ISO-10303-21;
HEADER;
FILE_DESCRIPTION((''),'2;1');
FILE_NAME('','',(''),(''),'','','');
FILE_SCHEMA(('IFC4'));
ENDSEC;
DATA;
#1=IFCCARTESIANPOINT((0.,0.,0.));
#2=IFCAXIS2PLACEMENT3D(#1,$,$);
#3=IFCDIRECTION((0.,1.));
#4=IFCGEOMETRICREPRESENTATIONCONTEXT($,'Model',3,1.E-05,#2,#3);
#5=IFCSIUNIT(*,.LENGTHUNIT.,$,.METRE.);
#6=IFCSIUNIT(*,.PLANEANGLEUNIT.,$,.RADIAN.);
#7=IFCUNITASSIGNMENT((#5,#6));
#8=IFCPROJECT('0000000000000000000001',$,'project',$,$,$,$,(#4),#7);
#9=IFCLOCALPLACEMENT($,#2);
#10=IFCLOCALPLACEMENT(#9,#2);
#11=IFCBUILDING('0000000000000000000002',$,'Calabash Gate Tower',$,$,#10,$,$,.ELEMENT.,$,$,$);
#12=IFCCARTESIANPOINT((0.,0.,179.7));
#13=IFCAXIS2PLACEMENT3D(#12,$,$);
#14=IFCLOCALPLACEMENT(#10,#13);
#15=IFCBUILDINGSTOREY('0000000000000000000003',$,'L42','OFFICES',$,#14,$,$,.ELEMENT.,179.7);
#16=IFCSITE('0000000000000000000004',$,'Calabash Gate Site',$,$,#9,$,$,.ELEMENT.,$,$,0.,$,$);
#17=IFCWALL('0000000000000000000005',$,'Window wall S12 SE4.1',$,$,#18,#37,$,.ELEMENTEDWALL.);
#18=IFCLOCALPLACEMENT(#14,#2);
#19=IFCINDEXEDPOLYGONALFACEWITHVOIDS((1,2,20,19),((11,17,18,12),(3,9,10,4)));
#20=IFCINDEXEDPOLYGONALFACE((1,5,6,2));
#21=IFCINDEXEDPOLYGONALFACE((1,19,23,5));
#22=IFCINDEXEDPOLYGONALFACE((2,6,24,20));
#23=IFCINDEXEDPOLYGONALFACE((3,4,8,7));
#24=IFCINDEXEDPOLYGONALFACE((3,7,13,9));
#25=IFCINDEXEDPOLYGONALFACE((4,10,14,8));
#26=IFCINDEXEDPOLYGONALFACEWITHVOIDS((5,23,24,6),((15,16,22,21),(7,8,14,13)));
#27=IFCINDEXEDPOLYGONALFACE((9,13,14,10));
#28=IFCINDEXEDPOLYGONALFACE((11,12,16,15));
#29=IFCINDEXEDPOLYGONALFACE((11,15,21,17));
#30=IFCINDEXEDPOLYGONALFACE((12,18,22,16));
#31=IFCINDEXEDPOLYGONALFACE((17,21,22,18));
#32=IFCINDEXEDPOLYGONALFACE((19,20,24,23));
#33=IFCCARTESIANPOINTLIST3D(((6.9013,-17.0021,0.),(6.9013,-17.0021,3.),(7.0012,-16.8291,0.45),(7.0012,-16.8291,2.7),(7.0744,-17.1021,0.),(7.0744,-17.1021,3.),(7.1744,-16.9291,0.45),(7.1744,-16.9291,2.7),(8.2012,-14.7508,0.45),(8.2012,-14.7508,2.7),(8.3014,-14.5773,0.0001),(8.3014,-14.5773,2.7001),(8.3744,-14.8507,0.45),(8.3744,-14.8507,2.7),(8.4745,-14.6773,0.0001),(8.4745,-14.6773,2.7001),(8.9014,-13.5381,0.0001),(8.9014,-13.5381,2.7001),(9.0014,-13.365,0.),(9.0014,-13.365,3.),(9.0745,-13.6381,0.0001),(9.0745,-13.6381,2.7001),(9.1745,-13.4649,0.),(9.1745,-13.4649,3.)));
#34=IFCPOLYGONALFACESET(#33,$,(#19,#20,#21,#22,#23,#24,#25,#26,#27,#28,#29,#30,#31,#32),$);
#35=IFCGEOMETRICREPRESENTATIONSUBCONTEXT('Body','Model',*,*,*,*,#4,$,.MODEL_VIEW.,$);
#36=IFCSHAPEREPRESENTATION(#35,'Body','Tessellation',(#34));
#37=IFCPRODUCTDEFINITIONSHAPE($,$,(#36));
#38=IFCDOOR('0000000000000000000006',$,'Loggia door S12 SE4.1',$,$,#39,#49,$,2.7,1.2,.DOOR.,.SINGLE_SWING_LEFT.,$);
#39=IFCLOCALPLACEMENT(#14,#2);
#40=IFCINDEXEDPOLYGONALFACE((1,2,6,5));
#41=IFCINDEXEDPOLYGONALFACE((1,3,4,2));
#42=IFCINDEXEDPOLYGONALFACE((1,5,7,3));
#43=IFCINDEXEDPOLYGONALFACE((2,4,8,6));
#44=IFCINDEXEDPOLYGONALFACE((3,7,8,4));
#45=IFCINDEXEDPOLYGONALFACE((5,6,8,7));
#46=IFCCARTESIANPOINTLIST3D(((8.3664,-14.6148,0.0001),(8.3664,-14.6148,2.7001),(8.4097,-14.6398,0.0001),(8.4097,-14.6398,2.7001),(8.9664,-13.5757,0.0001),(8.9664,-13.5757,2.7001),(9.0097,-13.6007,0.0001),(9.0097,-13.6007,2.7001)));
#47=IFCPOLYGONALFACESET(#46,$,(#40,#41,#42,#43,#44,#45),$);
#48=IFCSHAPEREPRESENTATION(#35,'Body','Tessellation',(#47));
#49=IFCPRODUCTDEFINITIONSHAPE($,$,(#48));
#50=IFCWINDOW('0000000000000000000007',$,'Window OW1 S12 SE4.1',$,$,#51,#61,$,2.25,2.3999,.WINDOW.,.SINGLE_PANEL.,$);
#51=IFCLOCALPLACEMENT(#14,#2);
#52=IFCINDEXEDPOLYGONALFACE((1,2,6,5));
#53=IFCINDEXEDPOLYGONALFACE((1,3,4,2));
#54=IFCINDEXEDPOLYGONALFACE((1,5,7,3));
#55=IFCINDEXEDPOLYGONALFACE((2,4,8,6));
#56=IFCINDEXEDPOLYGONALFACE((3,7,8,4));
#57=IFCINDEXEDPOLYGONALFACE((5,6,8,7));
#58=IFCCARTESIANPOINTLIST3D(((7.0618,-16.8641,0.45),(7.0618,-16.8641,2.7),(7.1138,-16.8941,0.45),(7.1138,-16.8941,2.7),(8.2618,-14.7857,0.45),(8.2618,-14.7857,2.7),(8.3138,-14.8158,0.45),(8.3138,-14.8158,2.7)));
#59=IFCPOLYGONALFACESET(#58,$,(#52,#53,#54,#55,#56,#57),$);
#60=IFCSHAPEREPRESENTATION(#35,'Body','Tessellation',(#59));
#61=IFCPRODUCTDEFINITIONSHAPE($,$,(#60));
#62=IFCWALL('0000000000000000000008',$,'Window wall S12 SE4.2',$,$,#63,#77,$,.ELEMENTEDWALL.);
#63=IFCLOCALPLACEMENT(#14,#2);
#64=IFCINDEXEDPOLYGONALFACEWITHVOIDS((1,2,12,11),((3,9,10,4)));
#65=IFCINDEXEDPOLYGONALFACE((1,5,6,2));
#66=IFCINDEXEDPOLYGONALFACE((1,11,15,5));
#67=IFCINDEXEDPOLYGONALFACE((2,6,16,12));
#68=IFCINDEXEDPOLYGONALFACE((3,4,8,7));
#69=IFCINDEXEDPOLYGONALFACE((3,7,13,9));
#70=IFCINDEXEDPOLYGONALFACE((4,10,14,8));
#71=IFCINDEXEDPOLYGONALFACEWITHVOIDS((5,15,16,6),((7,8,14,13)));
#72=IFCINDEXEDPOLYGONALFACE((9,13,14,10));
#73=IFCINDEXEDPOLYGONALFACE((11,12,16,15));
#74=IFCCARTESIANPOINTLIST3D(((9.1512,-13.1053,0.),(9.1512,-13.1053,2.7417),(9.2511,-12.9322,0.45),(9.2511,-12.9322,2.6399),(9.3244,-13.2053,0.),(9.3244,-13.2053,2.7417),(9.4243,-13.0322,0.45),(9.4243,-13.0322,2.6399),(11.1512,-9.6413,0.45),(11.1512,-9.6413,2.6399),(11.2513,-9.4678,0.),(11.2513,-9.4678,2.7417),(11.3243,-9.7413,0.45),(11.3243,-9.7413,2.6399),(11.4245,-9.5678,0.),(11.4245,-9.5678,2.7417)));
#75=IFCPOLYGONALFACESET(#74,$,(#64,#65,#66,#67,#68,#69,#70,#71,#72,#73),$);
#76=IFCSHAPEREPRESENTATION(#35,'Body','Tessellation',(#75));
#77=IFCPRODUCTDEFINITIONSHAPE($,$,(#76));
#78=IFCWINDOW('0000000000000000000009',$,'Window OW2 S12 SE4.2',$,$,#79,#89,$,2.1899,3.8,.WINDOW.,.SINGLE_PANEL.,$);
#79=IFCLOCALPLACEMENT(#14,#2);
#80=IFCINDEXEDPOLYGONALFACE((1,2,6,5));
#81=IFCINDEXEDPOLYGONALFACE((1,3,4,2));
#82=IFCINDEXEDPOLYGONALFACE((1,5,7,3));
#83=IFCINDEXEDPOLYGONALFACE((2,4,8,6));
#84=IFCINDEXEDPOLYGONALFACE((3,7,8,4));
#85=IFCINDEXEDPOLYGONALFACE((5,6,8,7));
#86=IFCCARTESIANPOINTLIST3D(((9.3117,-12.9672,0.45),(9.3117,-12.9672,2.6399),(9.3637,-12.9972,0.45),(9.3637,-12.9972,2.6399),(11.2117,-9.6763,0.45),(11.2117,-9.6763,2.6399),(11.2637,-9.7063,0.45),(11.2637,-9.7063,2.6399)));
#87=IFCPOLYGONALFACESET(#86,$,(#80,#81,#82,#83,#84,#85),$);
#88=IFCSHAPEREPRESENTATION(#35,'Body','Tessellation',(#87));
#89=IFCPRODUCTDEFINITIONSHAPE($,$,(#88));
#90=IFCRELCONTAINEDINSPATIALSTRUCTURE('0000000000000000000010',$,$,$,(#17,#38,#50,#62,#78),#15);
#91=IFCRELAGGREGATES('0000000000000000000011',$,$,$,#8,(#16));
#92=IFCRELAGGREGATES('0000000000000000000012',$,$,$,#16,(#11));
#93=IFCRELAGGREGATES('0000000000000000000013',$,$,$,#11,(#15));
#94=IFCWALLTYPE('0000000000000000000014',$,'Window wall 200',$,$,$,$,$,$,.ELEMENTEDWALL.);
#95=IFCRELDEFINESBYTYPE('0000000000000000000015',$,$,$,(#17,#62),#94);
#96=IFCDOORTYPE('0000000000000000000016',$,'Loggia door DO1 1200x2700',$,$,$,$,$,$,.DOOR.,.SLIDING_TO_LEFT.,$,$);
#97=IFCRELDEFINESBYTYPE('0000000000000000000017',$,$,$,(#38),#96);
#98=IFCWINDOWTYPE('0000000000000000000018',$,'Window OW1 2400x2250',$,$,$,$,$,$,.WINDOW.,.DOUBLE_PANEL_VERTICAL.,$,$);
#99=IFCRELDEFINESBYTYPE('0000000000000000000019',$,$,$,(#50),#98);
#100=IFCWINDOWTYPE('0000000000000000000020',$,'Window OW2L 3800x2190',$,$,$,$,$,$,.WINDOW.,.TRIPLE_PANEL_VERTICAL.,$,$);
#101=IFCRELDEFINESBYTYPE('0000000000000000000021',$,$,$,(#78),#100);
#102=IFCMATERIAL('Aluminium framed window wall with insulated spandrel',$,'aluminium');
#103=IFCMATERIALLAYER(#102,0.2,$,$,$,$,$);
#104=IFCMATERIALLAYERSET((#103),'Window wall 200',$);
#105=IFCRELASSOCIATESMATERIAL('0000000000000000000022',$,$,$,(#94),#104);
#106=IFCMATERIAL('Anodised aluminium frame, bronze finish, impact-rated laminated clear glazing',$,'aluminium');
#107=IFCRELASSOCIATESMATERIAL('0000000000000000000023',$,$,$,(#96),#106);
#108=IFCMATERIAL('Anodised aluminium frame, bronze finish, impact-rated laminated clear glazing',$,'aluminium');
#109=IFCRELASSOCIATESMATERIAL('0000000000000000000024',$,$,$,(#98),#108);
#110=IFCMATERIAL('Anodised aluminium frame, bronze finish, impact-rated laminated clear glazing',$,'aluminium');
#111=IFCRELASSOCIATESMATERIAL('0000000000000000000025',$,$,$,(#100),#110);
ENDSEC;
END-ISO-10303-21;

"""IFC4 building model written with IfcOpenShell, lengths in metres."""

from ifc_helpers import new_model, si_unit, direction, frame, frame_2d, origin, place, context, subcontext, project, spatial, rectangle, extrude, material, layer, layer_set, type_object, element, fill, save


model = new_model("IFC4")

# Units and contexts
model_context = context("Model", 3, precision=1e-05, world=origin(), true_north=direction((0.0, 1.0)))
body_context = subcontext(model_context, "Body", "Model", "MODEL_VIEW")
ifc_project = project(units=[si_unit("LENGTHUNIT", "METRE"), si_unit("PLANEANGLEUNIT", "RADIAN")], contexts=[model_context])

# Site, building, storey
site_placement = place(None, origin())
site = spatial("IfcSite", under=ifc_project, at=site_placement, Name="Calabash Gate Site", CompositionType="ELEMENT", RefElevation=0.0)
building_placement = place(site_placement, origin())
building = spatial("IfcBuilding", under=site, at=building_placement, Name="Calabash Gate Tower", CompositionType="ELEMENT")
storey_placement = place(building_placement, frame((0.0, 0.0, 179.7)))
storey = spatial("IfcBuildingStorey", under=building, at=storey_placement, Name="L42", Description="OFFICES", CompositionType="ELEMENT", Elevation=179.7)

# Wall, openings, door, window
ifc_material_1 = material(Name="Aluminium framed window wall with insulated spandrel", Category="aluminium")
ifc_layer_1 = layer(ifc_material_1, 0.2)
ifc_layer_set_1 = layer_set([ifc_layer_1], Name="Window wall 200")
wall_type_1 = type_object("IfcWallType", Name="Window wall 200", PredefinedType="ELEMENTEDWALL", material=ifc_layer_set_1)
wall_1_placement = place(storey_placement, frame((6.9878, -17.0522, 0.0), z_axis=(0.0, 0.0, 1.0), x_axis=(0.500028, 0.866009, 0.0)))
wall_1 = element("IfcWall", 1, at=wall_1_placement, inside=storey, type_object=wall_type_1, Name="Window wall S12 SE4.1", PredefinedType="ELEMENTEDWALL", context=body_context, shape_type="SweptSolid", body=[
    extrude(rectangle(XDim=4.2, YDim=0.2, at=frame_2d((2.1001, 0.0))), origin(), (0.0, 0.0, 1.0), 3.0),
])
opening_1_placement = place(wall_1_placement, frame((0.2, 0.0, 0.45)))
opening_1 = element("IfcOpeningElement", 2, at=opening_1_placement, cuts=wall_1, PredefinedType="OPENING", context=body_context, shape_type="SweptSolid", body=[
    extrude(rectangle(XDim=2.3999, YDim=2.25, at=frame_2d((1.2, 1.125))), frame((0.0, 0.1099, 0.0), z_axis=(0.0, -1.0, 0.0), x_axis=(1.0, 0.0, 0.0)), (0.0, 0.0, 1.0), 0.22),
])
opening_2_placement = place(wall_1_placement, frame((2.8, 0.0, 0.0)))
opening_2 = element("IfcOpeningElement", 3, at=opening_2_placement, cuts=wall_1, PredefinedType="OPENING", context=body_context, shape_type="SweptSolid", body=[
    extrude(rectangle(XDim=1.2, YDim=2.7, at=frame_2d((0.6001, 1.3501))), frame((0.0, 0.1099, 0.0), z_axis=(0.0, -1.0, 0.0), x_axis=(1.0, 0.0, 0.0)), (0.0, 0.0, 1.0), 0.22),
])
ifc_material_2 = material(Name="Anodised aluminium frame, bronze finish, impact-rated laminated clear glazing", Category="aluminium")
door_type_1 = type_object("IfcDoorType", Name="Loggia door DO1 1200x2700", OperationType="SLIDING_TO_LEFT", PredefinedType="DOOR", material=ifc_material_2)
door_1_placement = place(opening_2_placement, origin())
door_1 = element("IfcDoor", 4, at=door_1_placement, inside=storey, type_object=door_type_1, Name="Loggia door S12 SE4.1", OperationType="SINGLE_SWING_LEFT", OverallHeight=2.7, OverallWidth=1.2, PredefinedType="DOOR", context=body_context, shape_type="SweptSolid", body=[
    extrude(rectangle(XDim=1.2, YDim=2.7, at=frame_2d((0.6001, 1.3501))), frame((0.0, 0.0249, 0.0), z_axis=(0.0, -1.0, 0.0), x_axis=(1.0, 0.0, 0.0)), (0.0, 0.0, 1.0), 0.05),
])
fill(opening_2, door_1)
ifc_material_3 = material(Name="Anodised aluminium frame, bronze finish, impact-rated laminated clear glazing", Category="aluminium")
window_type_1 = type_object("IfcWindowType", Name="Window OW1 2400x2250", PartitioningType="DOUBLE_PANEL_VERTICAL", PredefinedType="WINDOW", material=ifc_material_3)
window_1_placement = place(opening_1_placement, origin())
window_1 = element("IfcWindow", 5, at=window_1_placement, inside=storey, type_object=window_type_1, Name="Window OW1 S12 SE4.1", OverallHeight=2.25, OverallWidth=2.3999, PartitioningType="SINGLE_PANEL", PredefinedType="WINDOW", context=body_context, shape_type="SweptSolid", body=[
    extrude(rectangle(XDim=2.3999, YDim=2.25, at=frame_2d((1.2, 1.125))), frame((0.0, 0.03, 0.0), z_axis=(0.0, -1.0, 0.0), x_axis=(1.0, 0.0, 0.0)), (0.0, 0.0, 1.0), 0.0601),
])
fill(opening_1, window_1)

# Wall, opening, window
wall_2_placement = place(storey_placement, frame((9.2378, -13.1553, 0.0), z_axis=(0.0, 0.0, 1.0), x_axis=(0.500003, 0.866024, 0.0)))
wall_2 = element("IfcWall", 6, at=wall_2_placement, inside=storey, type_object=wall_type_1, Name="Window wall S12 SE4.2", PredefinedType="ELEMENTEDWALL", context=body_context, shape_type="SweptSolid", body=[
    extrude(rectangle(XDim=4.2002, YDim=0.2, at=frame_2d((2.1001, 0.0))), origin(), (0.0, 0.0, 1.0), 2.7417),
])
opening_3_placement = place(wall_2_placement, frame((0.2, 0.0, 0.45)))
opening_3 = element("IfcOpeningElement", 7, at=opening_3_placement, cuts=wall_2, PredefinedType="OPENING", context=body_context, shape_type="SweptSolid", body=[
    extrude(rectangle(XDim=3.8, YDim=2.1899, at=frame_2d((1.8999, 1.095))), frame((0.0, 0.1099, 0.0), z_axis=(0.0, -1.0, 0.0), x_axis=(1.0, 0.0, 0.0)), (0.0, 0.0, 1.0), 0.22),
])
ifc_material_4 = material(Name="Anodised aluminium frame, bronze finish, impact-rated laminated clear glazing", Category="aluminium")
window_type_2 = type_object("IfcWindowType", Name="Window OW2L 3800x2190", PartitioningType="TRIPLE_PANEL_VERTICAL", PredefinedType="WINDOW", material=ifc_material_4)
window_2_placement = place(opening_3_placement, origin())
window_2 = element("IfcWindow", 8, at=window_2_placement, inside=storey, type_object=window_type_2, Name="Window OW2 S12 SE4.2", OverallHeight=2.1899, OverallWidth=3.8, PartitioningType="SINGLE_PANEL", PredefinedType="WINDOW", context=body_context, shape_type="SweptSolid", body=[
    extrude(rectangle(XDim=3.8, YDim=2.1899, at=frame_2d((1.8999, 1.095))), frame((0.0, 0.03, 0.0), z_axis=(0.0, -1.0, 0.0), x_axis=(1.0, 0.0, 0.0)), (0.0, 0.0, 1.0), 0.0601),
])
fill(opening_3, window_2)

save(model, "model.ifc")
